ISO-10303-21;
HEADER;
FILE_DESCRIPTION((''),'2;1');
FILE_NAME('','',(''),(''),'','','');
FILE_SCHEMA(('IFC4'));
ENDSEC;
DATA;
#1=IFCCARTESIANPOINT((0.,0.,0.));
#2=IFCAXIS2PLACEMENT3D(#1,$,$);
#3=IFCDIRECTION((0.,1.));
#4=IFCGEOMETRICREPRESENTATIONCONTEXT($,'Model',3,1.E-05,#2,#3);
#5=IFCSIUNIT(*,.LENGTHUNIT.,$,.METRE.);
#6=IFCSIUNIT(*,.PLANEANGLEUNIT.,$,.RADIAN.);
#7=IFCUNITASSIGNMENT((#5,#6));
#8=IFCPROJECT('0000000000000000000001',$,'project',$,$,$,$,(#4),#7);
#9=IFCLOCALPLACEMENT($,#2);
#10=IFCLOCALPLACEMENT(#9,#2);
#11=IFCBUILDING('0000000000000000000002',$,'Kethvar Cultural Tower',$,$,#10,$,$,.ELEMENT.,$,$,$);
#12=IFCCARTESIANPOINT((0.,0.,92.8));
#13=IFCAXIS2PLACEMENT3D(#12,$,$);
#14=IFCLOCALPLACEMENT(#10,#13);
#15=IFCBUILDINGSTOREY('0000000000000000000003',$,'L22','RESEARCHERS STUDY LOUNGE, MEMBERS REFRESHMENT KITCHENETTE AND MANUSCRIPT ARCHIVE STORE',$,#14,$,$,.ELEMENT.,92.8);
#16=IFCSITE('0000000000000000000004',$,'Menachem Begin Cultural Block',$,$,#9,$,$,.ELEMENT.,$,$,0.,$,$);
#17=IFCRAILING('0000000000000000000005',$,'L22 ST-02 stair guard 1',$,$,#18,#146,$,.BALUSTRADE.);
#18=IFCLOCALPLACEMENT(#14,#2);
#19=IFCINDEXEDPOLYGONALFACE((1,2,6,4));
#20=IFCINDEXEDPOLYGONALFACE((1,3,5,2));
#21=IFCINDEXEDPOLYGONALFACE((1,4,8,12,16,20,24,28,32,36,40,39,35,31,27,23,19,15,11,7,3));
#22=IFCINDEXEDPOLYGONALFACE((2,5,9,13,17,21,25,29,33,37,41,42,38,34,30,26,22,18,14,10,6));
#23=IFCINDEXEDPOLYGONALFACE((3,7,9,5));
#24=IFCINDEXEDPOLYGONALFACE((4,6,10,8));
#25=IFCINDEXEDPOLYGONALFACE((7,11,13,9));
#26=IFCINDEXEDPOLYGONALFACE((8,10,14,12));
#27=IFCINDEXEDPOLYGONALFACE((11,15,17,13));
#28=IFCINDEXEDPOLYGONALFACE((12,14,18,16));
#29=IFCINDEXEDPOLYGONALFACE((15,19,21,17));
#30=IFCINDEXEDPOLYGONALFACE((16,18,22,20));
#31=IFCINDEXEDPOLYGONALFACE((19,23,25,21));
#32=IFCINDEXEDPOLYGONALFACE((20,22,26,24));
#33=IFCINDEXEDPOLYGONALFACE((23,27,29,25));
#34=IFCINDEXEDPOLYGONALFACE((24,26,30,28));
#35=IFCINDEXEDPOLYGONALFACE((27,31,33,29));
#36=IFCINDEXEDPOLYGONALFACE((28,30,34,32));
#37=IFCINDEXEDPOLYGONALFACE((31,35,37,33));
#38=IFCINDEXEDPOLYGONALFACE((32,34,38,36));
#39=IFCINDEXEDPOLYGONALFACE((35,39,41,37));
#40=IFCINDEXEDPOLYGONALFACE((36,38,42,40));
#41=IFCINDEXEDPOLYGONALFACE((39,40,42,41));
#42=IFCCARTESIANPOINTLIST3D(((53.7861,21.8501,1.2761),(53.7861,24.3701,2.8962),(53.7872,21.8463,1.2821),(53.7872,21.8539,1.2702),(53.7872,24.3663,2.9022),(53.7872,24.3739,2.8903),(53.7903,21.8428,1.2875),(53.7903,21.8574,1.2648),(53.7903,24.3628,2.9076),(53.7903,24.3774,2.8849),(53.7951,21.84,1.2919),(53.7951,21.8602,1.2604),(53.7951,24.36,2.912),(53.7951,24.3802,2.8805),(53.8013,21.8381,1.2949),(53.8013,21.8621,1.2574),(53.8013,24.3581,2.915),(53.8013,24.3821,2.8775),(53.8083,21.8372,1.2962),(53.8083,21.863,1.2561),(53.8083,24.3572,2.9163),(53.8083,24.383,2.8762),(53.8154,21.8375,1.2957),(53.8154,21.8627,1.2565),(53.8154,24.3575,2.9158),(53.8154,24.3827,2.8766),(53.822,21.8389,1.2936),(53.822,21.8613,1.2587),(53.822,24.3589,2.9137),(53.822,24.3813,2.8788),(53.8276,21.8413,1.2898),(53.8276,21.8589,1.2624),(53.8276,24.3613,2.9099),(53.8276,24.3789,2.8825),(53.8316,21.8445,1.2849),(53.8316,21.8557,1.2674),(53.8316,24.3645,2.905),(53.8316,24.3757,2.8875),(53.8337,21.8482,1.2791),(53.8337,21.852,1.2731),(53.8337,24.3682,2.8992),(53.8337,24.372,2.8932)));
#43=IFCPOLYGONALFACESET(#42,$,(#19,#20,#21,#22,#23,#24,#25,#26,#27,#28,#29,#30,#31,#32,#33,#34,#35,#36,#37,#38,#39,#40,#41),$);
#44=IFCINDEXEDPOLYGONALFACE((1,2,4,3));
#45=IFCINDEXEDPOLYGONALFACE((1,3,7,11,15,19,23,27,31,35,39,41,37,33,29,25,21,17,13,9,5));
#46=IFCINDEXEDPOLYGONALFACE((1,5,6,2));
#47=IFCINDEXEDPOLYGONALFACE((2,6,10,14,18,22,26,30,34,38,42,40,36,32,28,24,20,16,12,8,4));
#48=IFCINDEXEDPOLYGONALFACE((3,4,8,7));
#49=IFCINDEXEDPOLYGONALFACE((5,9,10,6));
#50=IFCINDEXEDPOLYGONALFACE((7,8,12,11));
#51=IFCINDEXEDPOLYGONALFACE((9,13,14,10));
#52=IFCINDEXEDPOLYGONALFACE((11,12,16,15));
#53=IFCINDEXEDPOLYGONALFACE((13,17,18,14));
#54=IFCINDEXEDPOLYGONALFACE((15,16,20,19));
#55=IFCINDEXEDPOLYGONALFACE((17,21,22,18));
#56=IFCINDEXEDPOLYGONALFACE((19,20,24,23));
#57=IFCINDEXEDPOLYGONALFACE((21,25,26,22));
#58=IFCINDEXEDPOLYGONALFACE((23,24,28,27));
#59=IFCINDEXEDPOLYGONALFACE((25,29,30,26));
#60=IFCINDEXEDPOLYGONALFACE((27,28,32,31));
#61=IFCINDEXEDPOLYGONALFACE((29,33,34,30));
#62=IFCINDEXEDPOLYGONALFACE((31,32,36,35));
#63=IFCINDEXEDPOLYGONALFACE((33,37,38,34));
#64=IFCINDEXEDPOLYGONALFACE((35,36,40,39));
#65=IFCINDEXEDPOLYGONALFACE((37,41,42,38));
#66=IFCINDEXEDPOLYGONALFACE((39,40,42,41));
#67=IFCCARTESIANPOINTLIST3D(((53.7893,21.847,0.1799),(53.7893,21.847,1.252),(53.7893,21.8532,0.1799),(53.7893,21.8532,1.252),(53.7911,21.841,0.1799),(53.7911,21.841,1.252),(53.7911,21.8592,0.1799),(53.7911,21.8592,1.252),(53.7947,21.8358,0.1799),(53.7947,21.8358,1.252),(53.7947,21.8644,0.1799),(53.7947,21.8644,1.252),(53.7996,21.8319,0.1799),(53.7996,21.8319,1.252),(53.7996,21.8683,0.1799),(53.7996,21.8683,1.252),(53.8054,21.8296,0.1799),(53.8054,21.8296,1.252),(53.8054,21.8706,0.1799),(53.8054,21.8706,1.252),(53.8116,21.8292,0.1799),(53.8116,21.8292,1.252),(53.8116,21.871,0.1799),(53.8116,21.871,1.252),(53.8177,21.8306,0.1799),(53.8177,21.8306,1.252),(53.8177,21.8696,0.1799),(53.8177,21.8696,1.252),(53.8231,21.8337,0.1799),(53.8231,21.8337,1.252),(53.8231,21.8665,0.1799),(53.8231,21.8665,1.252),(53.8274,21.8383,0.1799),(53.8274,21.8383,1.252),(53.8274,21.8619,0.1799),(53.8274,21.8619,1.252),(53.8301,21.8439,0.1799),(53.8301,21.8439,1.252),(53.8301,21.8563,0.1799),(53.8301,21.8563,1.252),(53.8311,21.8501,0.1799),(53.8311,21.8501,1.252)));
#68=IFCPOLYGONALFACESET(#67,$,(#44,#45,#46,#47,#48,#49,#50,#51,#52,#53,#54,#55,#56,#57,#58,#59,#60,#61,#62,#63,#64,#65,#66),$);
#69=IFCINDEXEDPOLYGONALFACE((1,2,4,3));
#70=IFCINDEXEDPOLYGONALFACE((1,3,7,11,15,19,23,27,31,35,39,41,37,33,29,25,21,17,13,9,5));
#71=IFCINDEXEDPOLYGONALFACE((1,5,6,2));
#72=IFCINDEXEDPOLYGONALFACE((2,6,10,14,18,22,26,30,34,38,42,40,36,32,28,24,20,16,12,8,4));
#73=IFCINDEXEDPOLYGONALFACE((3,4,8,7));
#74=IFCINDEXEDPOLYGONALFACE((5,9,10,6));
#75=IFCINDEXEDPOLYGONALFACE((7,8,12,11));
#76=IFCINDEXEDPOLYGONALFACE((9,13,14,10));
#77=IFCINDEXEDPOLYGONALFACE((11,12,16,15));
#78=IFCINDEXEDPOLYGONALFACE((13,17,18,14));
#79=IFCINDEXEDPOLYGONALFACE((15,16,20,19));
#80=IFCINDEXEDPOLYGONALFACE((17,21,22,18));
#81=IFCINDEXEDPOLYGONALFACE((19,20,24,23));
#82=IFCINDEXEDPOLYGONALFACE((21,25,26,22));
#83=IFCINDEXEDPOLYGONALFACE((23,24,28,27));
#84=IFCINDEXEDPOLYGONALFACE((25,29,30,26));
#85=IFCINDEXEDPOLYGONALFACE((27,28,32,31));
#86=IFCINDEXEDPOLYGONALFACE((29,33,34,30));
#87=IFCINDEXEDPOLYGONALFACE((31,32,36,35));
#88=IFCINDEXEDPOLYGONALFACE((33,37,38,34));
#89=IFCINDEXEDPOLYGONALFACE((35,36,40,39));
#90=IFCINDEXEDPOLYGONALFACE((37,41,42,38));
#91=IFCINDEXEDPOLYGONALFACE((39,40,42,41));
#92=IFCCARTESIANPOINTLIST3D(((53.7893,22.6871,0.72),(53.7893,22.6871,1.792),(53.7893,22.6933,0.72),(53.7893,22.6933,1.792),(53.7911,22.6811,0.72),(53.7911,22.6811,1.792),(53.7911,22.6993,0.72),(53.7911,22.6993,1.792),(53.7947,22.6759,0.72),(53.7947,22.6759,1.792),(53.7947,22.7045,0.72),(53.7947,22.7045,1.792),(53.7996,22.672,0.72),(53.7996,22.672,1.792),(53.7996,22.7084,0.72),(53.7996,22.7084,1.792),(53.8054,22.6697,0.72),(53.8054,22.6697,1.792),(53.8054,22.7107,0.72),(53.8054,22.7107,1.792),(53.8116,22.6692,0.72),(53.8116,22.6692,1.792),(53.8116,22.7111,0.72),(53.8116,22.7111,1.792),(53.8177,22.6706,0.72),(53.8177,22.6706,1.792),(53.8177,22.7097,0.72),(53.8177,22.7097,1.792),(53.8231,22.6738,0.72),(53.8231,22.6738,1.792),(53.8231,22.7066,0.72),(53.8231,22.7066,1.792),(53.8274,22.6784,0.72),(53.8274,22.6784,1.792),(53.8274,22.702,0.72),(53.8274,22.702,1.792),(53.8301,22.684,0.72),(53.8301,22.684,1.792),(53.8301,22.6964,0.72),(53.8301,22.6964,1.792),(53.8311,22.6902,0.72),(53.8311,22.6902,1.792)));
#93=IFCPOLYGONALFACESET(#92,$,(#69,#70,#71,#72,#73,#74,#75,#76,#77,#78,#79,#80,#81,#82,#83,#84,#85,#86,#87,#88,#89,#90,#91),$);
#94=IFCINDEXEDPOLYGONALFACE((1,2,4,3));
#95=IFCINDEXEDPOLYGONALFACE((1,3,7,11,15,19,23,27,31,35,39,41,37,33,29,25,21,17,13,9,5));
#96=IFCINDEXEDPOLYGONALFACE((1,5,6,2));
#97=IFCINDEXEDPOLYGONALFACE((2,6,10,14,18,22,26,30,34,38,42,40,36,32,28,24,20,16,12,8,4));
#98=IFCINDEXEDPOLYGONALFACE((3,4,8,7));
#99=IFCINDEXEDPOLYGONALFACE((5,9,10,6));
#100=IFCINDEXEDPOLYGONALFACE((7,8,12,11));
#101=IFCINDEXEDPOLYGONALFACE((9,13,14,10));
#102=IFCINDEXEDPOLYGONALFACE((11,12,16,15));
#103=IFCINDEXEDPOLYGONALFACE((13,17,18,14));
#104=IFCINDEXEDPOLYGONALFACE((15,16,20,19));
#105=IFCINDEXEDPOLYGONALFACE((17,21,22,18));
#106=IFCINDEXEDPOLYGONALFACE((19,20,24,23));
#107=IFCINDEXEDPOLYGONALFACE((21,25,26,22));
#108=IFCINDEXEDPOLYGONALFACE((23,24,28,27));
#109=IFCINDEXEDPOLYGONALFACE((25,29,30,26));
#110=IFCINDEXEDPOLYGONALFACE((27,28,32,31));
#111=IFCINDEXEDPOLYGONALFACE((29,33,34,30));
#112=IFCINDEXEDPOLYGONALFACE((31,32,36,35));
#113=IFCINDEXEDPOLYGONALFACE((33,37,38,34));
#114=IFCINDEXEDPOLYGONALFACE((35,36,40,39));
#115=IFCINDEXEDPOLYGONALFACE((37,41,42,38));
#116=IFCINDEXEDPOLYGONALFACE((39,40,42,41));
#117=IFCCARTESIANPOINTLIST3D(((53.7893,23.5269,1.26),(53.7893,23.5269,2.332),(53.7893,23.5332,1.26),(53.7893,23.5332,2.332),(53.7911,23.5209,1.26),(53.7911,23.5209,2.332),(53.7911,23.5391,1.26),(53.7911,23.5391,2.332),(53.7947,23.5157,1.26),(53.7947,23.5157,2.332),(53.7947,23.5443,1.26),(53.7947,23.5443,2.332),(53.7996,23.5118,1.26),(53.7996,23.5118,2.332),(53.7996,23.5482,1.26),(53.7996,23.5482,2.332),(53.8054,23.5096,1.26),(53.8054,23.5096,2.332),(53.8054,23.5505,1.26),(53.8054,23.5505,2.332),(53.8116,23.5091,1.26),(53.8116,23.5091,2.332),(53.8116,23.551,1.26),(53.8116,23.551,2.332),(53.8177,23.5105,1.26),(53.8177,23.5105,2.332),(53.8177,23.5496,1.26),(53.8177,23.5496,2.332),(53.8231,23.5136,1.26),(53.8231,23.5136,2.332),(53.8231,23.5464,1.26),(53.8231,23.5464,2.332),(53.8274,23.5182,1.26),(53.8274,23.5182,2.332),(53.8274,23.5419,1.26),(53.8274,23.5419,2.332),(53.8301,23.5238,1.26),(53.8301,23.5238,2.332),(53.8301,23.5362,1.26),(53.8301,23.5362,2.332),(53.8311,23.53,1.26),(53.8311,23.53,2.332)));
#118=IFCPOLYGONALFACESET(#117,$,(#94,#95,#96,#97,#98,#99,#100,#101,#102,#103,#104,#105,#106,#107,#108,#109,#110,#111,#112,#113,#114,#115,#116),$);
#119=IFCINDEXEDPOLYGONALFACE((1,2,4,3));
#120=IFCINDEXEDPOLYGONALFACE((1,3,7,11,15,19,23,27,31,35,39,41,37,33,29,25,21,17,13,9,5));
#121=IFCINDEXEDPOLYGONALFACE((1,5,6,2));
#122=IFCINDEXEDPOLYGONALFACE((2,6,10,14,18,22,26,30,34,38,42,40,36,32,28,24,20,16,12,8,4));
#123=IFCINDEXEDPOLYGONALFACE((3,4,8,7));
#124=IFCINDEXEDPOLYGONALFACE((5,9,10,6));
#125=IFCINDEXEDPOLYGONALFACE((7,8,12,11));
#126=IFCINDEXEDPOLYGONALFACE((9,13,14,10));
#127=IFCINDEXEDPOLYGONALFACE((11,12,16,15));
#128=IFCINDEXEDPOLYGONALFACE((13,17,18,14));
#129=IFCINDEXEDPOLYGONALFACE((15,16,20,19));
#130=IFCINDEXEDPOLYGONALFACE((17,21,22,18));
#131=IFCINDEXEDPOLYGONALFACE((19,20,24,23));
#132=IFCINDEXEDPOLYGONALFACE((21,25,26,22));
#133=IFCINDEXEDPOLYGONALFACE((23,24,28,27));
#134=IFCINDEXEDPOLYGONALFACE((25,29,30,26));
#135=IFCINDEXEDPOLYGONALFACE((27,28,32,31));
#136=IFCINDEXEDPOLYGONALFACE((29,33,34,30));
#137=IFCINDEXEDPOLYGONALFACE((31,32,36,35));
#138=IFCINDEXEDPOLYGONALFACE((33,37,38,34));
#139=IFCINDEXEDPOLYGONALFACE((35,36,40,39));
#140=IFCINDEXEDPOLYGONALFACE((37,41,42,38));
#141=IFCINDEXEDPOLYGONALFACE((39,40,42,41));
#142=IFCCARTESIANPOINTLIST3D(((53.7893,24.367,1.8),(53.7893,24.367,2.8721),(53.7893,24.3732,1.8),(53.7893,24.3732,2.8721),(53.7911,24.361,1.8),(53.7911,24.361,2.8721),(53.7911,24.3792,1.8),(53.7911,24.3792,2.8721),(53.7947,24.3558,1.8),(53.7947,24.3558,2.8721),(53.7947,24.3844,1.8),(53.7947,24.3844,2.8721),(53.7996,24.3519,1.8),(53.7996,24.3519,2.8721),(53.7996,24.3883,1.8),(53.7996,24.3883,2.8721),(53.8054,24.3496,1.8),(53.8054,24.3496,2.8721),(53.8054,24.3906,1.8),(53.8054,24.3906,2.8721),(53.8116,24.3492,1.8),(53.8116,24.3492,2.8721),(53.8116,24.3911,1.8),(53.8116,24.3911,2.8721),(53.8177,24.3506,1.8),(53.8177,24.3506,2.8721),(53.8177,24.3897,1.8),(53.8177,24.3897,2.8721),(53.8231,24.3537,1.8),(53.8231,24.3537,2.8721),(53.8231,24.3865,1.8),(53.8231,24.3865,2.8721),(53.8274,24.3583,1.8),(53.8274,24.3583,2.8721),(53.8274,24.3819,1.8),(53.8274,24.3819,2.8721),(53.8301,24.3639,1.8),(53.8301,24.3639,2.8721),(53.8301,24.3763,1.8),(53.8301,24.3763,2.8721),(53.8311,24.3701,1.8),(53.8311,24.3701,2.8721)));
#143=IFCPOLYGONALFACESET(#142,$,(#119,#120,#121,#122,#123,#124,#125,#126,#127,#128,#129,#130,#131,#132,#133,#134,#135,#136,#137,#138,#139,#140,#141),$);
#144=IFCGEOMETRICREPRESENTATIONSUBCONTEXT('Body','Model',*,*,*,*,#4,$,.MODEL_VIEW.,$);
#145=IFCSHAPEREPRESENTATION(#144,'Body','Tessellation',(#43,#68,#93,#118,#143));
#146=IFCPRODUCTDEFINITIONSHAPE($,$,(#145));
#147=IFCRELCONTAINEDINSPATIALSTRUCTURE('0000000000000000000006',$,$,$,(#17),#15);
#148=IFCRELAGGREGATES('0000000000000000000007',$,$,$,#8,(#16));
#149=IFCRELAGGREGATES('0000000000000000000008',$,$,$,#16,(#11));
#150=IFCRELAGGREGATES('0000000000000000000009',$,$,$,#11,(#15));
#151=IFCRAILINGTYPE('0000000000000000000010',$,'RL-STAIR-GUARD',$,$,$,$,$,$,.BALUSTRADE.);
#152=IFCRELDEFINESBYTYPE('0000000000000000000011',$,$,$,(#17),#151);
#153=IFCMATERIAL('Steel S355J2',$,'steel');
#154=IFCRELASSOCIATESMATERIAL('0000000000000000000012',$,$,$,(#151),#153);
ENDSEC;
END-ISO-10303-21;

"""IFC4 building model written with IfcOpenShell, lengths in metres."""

from ifc_helpers import new_model, si_unit, direction, frame, origin, origin_2d, place, context, subcontext, project, spatial, circle, extrude, material, type_object, element, save


model = new_model("IFC4")

# Units and contexts
model_context = context("Model", 3, precision=1e-05, world=origin(), true_north=direction((0.0, 1.0)))
body_context = subcontext(model_context, "Body", "Model", "MODEL_VIEW")
ifc_project = project(units=[si_unit("LENGTHUNIT", "METRE"), si_unit("PLANEANGLEUNIT", "RADIAN")], contexts=[model_context])

# Site, building, storey
site_placement = place(None, origin())
site = spatial("IfcSite", under=ifc_project, at=site_placement, Name="Menachem Begin Cultural Block", CompositionType="ELEMENT", RefElevation=0.0)
building_placement = place(site_placement, origin())
building = spatial("IfcBuilding", under=site, at=building_placement, Name="Kethvar Cultural Tower", CompositionType="ELEMENT")
storey_placement = place(building_placement, frame((0.0, 0.0, 92.8)))
storey = spatial("IfcBuildingStorey", under=building, at=storey_placement, Name="L22", Description="RESEARCHERS STUDY LOUNGE, MEMBERS REFRESHMENT KITCHENETTE AND MANUSCRIPT ARCHIVE STORE", CompositionType="ELEMENT", Elevation=92.8)

# Shared definitions
ifc_material_1 = material(Name="Steel S355J2", Category="steel")

# Railing
railing_type_1 = type_object("IfcRailingType", Name="RL-STAIR-GUARD", PredefinedType="BALUSTRADE", material=ifc_material_1)
railing_1_placement = place(storey_placement, frame((53.8101, 21.8501, 0.1799)))
element("IfcRailing", 1, at=railing_1_placement, inside=storey, type_object=railing_type_1, Name="L22 ST-02 stair guard 1", PredefinedType="BALUSTRADE", context=body_context, shape_type="SweptSolid", body=[
    extrude(circle(Radius=0.0239, at=origin_2d()), frame((0.0, 0.0, 1.0962), z_axis=(0.0, 0.841163, 0.540782), x_axis=(-1.0, 0.0, 0.0)), (0.0, 0.0, 1.0), 2.9958),
    extrude(circle(Radius=0.021, at=origin_2d()), origin(), (0.0, 0.0, 1.0), 1.072),
    extrude(circle(Radius=0.021, at=origin_2d()), frame((0.0, 0.8401, 0.54)), (0.0, 0.0, 1.0), 1.072),
    extrude(circle(Radius=0.021, at=origin_2d()), frame((0.0, 1.6799, 1.0801)), (0.0, 0.0, 1.0), 1.072),
    extrude(circle(Radius=0.021, at=origin_2d()), frame((0.0, 2.52, 1.6201)), (0.0, 0.0, 1.0), 1.072),
])

save(model, "model.ifc")
